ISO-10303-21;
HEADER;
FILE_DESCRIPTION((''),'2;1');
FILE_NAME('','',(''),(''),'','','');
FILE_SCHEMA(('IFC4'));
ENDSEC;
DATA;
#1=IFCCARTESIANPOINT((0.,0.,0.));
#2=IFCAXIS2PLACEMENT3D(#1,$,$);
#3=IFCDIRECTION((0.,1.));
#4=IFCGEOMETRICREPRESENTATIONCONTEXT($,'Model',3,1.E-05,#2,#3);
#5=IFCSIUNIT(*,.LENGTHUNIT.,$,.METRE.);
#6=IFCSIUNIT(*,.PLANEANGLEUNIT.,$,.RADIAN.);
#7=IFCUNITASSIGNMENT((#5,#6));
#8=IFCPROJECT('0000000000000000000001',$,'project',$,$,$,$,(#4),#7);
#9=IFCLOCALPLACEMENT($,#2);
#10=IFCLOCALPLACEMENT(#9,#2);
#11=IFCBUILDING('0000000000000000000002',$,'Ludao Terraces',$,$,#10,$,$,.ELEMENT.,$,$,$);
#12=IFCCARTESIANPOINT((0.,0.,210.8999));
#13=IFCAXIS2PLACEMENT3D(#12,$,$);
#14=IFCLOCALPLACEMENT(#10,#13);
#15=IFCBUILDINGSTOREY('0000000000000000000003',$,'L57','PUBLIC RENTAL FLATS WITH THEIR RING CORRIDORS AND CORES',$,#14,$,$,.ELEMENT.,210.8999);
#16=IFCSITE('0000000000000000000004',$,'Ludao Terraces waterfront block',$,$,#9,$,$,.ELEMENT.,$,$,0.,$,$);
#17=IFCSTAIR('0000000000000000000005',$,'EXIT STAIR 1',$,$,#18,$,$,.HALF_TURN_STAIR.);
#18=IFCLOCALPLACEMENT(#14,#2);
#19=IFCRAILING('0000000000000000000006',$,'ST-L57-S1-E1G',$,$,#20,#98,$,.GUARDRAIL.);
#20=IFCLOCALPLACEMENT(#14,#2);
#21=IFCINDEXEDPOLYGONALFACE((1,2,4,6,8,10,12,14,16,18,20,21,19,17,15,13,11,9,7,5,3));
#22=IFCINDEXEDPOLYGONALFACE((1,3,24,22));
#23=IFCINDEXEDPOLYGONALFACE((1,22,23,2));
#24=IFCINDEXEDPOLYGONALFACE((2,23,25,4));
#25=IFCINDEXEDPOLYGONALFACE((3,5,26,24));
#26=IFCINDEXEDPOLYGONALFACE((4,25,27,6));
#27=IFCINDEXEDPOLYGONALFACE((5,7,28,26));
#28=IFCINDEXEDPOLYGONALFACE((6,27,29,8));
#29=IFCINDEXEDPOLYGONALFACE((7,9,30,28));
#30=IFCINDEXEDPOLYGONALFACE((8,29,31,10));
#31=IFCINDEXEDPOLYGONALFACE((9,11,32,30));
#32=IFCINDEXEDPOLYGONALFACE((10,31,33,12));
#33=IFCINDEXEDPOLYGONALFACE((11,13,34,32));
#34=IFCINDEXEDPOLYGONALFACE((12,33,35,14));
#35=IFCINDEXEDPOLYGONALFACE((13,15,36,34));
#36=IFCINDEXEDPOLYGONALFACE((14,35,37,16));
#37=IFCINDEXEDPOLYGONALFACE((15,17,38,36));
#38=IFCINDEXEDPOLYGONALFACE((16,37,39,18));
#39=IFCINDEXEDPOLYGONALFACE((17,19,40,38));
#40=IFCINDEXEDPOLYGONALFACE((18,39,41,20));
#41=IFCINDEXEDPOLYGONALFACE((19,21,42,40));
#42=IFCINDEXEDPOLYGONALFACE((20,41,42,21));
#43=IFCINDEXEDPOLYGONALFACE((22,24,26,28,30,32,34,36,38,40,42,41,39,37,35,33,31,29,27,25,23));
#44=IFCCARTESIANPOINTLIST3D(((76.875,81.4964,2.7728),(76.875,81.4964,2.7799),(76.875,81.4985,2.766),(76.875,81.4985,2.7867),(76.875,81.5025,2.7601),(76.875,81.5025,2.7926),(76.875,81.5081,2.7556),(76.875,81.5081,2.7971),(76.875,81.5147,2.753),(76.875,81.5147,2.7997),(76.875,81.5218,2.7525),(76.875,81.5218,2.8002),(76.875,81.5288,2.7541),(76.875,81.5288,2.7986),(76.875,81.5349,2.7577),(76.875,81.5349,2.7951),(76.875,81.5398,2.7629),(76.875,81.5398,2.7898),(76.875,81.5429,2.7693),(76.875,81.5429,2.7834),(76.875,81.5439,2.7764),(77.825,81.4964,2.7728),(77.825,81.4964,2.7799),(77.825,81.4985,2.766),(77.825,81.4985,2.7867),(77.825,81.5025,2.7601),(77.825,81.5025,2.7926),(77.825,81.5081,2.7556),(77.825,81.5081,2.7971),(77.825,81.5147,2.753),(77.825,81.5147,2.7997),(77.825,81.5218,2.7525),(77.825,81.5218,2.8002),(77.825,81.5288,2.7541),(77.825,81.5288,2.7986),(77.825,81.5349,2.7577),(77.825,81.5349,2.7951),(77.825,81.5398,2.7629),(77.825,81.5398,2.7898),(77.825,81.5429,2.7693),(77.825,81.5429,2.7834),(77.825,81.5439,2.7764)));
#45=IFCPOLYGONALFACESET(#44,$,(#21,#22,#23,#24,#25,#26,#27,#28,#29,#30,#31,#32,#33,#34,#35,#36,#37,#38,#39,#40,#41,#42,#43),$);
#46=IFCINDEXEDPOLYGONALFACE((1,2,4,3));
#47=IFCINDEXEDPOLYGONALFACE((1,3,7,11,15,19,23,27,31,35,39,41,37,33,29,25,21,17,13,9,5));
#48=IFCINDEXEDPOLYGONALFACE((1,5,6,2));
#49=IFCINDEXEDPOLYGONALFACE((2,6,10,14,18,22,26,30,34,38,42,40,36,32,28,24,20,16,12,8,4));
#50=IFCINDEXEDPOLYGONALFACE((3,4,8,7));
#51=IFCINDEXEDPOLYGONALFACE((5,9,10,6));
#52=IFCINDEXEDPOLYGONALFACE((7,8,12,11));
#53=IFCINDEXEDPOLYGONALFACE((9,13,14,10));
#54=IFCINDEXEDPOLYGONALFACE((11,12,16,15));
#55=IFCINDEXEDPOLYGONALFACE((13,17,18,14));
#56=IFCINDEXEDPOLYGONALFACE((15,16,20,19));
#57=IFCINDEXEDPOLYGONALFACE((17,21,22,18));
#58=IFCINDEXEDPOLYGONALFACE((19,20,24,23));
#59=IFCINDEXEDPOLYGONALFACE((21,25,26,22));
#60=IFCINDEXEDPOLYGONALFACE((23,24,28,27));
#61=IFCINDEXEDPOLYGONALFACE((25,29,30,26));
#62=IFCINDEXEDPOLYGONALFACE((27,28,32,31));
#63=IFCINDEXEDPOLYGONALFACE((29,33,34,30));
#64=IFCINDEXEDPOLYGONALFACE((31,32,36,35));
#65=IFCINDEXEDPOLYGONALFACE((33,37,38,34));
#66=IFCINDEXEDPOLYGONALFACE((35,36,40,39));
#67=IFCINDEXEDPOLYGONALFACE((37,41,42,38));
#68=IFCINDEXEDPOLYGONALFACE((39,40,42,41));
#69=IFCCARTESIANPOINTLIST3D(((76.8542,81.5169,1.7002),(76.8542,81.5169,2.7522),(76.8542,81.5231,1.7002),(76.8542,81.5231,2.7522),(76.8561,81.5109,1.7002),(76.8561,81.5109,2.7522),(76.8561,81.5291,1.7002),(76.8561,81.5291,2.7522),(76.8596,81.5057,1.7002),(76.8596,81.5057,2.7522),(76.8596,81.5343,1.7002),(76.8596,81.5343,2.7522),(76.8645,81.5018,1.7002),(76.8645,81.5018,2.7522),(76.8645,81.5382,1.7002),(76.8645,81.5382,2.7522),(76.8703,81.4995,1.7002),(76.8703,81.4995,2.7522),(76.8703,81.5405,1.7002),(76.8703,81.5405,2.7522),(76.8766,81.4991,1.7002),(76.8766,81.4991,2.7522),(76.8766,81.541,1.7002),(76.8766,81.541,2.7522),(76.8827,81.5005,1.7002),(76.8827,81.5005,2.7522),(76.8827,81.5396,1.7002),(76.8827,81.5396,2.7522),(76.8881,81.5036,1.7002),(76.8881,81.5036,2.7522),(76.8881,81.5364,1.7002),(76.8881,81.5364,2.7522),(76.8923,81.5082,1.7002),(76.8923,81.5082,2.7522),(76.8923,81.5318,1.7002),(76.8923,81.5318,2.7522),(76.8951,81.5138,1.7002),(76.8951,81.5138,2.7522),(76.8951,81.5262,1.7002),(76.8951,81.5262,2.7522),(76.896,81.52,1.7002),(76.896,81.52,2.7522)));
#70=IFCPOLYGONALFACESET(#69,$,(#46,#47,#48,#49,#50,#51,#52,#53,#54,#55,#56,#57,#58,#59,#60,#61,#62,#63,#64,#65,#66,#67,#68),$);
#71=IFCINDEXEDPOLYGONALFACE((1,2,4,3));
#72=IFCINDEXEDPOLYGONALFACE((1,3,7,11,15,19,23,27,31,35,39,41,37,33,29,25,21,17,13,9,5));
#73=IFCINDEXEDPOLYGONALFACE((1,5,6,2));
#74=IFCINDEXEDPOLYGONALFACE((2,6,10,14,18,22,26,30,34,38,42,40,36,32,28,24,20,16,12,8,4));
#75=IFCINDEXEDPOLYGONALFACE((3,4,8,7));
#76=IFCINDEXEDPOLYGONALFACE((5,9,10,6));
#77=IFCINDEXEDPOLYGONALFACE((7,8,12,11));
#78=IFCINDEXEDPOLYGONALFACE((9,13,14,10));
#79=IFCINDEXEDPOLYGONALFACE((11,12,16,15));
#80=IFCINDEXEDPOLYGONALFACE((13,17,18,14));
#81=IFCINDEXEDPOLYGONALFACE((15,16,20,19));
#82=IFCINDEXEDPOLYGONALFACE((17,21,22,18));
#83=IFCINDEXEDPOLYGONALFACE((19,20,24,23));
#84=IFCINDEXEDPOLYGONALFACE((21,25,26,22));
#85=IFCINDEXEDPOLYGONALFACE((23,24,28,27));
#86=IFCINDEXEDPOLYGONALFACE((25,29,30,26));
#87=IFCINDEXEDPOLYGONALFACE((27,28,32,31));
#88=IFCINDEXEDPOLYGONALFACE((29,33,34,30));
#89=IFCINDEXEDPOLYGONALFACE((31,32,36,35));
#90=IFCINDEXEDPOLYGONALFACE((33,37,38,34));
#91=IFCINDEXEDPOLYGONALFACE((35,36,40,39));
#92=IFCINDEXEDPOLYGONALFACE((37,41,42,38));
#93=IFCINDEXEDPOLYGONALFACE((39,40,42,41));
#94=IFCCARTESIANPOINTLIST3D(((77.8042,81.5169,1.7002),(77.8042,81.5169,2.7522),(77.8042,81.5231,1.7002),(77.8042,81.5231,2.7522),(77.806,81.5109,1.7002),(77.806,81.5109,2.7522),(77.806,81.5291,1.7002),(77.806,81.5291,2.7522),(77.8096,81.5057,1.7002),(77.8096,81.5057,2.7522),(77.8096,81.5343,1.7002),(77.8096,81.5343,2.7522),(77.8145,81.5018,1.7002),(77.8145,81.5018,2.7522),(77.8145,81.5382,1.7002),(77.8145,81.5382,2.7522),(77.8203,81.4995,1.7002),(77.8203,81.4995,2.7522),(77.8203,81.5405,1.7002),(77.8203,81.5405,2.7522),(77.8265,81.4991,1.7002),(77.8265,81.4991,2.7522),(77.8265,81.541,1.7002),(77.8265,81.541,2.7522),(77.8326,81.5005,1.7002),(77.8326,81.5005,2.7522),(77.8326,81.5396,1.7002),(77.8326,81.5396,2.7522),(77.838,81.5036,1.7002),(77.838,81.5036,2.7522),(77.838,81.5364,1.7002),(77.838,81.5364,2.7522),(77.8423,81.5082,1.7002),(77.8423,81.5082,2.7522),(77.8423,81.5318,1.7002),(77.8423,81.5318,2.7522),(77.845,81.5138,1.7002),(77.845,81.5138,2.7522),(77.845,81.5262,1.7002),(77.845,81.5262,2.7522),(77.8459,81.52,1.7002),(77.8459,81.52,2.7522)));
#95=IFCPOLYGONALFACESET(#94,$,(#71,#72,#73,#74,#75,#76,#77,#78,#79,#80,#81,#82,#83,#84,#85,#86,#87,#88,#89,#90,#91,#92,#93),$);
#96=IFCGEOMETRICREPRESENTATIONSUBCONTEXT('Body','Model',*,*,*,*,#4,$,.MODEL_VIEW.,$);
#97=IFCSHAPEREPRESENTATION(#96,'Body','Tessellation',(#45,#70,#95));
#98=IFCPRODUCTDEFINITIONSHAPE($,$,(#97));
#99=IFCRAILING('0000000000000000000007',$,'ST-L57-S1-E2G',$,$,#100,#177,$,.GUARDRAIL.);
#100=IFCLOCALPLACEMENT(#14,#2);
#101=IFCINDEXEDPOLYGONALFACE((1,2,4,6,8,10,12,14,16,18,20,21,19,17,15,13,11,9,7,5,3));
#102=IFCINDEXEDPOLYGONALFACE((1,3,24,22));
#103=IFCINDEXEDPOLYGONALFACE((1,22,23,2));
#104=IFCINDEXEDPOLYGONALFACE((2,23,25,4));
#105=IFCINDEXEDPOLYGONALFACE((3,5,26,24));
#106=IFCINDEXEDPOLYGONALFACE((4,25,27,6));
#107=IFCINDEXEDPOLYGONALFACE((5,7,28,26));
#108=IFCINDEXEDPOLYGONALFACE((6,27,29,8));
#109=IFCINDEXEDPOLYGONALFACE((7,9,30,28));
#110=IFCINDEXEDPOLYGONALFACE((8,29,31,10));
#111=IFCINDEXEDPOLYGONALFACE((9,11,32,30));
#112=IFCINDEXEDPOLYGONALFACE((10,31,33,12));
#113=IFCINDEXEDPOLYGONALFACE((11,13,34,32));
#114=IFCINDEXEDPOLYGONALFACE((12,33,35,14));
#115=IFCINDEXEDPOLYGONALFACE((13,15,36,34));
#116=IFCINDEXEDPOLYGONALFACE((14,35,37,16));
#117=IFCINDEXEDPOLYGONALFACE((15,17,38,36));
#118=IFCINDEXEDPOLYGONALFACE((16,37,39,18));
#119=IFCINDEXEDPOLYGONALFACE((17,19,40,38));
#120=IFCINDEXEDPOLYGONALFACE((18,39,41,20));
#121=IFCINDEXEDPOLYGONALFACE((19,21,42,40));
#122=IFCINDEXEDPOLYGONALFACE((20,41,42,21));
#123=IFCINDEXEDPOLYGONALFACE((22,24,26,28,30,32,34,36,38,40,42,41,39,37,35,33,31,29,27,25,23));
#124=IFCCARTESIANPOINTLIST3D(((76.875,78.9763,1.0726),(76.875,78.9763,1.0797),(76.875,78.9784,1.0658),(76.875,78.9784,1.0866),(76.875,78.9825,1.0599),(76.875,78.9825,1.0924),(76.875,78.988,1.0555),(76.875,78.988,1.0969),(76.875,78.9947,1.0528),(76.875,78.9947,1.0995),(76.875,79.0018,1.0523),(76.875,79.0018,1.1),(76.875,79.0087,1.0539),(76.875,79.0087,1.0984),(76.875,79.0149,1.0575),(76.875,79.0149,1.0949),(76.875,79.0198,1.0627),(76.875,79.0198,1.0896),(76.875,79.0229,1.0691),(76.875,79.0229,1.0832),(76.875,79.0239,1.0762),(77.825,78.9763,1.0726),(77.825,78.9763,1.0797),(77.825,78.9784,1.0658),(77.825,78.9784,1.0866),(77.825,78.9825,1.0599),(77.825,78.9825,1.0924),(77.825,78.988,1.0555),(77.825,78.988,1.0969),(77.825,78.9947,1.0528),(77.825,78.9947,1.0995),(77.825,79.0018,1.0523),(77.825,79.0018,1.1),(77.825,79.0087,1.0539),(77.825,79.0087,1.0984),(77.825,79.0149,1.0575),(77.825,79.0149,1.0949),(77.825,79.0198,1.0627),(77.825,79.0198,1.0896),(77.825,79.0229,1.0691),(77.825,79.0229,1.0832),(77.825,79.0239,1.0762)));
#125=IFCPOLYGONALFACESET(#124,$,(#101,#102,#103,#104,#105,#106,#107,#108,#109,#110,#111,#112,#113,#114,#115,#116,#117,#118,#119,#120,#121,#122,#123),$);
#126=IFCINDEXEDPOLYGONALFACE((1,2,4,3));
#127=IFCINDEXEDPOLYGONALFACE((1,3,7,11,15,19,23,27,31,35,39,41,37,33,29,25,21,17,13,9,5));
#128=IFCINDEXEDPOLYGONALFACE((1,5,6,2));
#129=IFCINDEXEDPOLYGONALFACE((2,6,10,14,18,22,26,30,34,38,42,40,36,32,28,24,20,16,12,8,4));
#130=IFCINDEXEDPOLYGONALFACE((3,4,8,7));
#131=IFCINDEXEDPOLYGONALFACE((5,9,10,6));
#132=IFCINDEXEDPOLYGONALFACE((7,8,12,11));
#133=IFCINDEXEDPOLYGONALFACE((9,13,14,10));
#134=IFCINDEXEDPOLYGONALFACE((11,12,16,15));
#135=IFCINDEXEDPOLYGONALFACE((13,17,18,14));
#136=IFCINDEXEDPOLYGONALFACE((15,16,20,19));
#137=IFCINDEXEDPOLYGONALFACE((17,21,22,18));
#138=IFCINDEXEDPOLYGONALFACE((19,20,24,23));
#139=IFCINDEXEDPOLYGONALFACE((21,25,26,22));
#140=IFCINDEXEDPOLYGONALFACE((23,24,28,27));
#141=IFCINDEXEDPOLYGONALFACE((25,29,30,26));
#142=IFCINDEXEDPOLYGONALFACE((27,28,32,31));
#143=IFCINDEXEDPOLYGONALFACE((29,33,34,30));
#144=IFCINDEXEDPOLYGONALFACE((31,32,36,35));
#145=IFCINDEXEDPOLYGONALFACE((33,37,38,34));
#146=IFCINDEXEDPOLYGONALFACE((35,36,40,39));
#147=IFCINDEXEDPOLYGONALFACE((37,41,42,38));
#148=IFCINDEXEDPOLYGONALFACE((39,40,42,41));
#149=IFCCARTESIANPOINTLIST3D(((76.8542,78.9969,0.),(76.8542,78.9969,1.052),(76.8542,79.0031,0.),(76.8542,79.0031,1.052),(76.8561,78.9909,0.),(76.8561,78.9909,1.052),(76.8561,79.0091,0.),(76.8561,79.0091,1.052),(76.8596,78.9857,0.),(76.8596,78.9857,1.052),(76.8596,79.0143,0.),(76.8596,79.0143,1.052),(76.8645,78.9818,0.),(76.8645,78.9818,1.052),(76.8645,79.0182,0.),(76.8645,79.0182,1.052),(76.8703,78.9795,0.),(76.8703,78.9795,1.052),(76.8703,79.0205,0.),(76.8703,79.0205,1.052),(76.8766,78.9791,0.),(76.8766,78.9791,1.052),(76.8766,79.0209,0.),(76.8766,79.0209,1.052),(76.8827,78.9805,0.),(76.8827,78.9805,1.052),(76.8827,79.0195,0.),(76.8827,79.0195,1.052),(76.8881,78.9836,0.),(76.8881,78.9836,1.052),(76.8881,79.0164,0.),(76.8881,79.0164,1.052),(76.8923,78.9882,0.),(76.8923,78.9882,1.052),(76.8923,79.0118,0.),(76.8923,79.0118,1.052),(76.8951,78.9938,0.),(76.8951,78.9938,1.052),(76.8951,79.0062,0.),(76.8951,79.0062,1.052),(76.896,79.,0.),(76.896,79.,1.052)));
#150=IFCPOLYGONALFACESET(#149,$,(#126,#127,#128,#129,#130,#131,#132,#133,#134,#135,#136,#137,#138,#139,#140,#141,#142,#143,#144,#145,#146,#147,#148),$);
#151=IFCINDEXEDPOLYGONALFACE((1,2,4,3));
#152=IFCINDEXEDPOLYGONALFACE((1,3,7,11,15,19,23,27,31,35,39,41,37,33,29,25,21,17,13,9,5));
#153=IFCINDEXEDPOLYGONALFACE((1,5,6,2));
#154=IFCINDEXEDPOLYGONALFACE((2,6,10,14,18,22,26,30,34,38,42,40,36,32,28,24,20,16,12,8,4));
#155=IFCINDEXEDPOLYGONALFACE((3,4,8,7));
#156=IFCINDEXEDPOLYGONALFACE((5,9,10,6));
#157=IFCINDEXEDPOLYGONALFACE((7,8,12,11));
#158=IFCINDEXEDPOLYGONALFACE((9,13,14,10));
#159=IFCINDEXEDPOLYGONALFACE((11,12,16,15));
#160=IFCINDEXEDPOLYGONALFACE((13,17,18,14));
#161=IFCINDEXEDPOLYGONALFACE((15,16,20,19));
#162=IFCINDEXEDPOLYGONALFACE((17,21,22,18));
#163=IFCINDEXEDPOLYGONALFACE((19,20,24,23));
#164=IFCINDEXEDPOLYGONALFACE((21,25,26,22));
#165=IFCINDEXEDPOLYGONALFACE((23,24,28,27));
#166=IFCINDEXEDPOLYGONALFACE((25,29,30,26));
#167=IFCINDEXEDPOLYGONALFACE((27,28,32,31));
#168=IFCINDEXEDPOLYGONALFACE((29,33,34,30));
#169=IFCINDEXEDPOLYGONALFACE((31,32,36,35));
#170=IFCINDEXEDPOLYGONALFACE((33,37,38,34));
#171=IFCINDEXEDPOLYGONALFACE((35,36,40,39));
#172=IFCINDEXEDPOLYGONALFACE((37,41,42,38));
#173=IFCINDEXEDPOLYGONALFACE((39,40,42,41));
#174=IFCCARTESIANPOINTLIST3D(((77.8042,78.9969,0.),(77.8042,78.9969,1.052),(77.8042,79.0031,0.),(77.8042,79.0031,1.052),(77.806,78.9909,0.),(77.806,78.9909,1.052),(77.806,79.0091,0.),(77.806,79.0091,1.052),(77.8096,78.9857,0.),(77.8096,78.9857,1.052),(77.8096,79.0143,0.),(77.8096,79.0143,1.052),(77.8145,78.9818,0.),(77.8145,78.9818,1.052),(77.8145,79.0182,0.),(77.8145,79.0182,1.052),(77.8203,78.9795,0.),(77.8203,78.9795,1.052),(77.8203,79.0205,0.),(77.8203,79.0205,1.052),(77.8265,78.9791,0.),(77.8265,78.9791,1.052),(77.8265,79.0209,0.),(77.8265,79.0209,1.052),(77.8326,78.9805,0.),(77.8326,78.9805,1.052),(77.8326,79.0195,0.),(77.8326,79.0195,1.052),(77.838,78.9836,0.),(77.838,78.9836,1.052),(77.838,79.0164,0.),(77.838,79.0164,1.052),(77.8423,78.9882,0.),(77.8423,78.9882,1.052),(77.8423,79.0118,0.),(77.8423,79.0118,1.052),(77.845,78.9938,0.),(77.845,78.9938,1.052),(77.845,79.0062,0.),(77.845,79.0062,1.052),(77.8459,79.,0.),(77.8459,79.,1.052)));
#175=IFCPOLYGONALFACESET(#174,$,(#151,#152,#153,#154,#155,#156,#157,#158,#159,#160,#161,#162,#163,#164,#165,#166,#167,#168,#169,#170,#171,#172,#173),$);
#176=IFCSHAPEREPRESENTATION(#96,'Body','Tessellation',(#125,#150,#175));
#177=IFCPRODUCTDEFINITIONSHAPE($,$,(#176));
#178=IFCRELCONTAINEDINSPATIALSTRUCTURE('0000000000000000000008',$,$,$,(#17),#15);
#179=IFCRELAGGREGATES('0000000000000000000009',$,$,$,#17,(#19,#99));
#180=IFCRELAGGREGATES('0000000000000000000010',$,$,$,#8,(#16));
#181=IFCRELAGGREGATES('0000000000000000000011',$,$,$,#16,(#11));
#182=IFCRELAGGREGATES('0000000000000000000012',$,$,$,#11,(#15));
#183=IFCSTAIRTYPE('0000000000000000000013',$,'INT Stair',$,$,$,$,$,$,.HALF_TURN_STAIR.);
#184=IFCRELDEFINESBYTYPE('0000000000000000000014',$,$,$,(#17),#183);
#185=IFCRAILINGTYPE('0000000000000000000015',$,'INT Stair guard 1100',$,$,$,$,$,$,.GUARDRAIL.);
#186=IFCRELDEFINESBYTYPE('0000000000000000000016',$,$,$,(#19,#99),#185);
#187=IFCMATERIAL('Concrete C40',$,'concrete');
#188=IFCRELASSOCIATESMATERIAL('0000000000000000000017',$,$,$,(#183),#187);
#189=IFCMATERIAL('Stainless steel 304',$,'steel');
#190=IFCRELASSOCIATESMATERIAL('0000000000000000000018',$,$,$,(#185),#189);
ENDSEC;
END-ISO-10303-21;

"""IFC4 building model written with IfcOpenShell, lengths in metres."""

from ifc_helpers import new_model, si_unit, direction, frame, origin, origin_2d, place, context, subcontext, project, spatial, circle, extrude, material, type_object, element, aggregate, save


model = new_model("IFC4")

# Units and contexts
model_context = context("Model", 3, precision=1e-05, world=origin(), true_north=direction((0.0, 1.0)))
body_context = subcontext(model_context, "Body", "Model", "MODEL_VIEW")
ifc_project = project(units=[si_unit("LENGTHUNIT", "METRE"), si_unit("PLANEANGLEUNIT", "RADIAN")], contexts=[model_context])

# Site, building, storey
site_placement = place(None, origin())
site = spatial("IfcSite", under=ifc_project, at=site_placement, Name="Ludao Terraces waterfront block", CompositionType="ELEMENT", RefElevation=0.0)
building_placement = place(site_placement, origin())
building = spatial("IfcBuilding", under=site, at=building_placement, Name="Ludao Terraces", CompositionType="ELEMENT")
storey_placement = place(building_placement, frame((0.0, 0.0, 210.8999)))
storey = spatial("IfcBuildingStorey", under=building, at=storey_placement, Name="L57", Description="PUBLIC RENTAL FLATS WITH THEIR RING CORRIDORS AND CORES", CompositionType="ELEMENT", Elevation=210.8999)

# Shared definitions
ifc_material_1 = material(Name="Concrete C40", Category="concrete")

# Stair, railings
stair_type = type_object("IfcStairType", Name="INT Stair", PredefinedType="HALF_TURN_STAIR", material=ifc_material_1)
stair_placement = place(storey_placement, origin())
stair = element("IfcStair", 1, at=stair_placement, inside=storey, type_object=stair_type, Name="EXIT STAIR 1", PredefinedType="HALF_TURN_STAIR")
ifc_material_2 = material(Name="Stainless steel 304", Category="steel")
railing_type_1 = type_object("IfcRailingType", Name="INT Stair guard 1100", PredefinedType="GUARDRAIL", material=ifc_material_2)
railing_1_placement = place(storey_placement, frame((76.875, 81.52, 1.7002)))
railing_1 = element("IfcRailing", 2, at=railing_1_placement, type_object=railing_type_1, Name="ST-L57-S1-E1G", PredefinedType="GUARDRAIL", context=body_context, shape_type="SweptSolid", body=[
    extrude(circle(Radius=0.0239, at=origin_2d()), frame((0.0, 0.0, 1.0762), z_axis=(1.0, 0.0, 0.0), x_axis=(0.0, 1.0, 0.0)), (0.0, 0.0, 1.0), 0.95),
    extrude(circle(Radius=0.021, at=origin_2d()), origin(), (0.0, 0.0, 1.0), 1.052),
    extrude(circle(Radius=0.021, at=origin_2d()), frame((0.95, 0.0, 0.0)), (0.0, 0.0, 1.0), 1.052),
])
railing_2_placement = place(storey_placement, frame((76.875, 79.0, 0.0)))
railing_2 = element("IfcRailing", 3, at=railing_2_placement, type_object=railing_type_1, Name="ST-L57-S1-E2G", PredefinedType="GUARDRAIL", context=body_context, shape_type="SweptSolid", body=[
    extrude(circle(Radius=0.0239, at=origin_2d()), frame((0.0, 0.0, 1.0762), z_axis=(1.0, 0.0, 0.0), x_axis=(0.0, 1.0, 0.0)), (0.0, 0.0, 1.0), 0.95),
    extrude(circle(Radius=0.021, at=origin_2d()), origin(), (0.0, 0.0, 1.0), 1.052),
    extrude(circle(Radius=0.021, at=origin_2d()), frame((0.95, 0.0, 0.0)), (0.0, 0.0, 1.0), 1.052),
])
aggregate(stair, [railing_1, railing_2])

save(model, "model.ifc")
